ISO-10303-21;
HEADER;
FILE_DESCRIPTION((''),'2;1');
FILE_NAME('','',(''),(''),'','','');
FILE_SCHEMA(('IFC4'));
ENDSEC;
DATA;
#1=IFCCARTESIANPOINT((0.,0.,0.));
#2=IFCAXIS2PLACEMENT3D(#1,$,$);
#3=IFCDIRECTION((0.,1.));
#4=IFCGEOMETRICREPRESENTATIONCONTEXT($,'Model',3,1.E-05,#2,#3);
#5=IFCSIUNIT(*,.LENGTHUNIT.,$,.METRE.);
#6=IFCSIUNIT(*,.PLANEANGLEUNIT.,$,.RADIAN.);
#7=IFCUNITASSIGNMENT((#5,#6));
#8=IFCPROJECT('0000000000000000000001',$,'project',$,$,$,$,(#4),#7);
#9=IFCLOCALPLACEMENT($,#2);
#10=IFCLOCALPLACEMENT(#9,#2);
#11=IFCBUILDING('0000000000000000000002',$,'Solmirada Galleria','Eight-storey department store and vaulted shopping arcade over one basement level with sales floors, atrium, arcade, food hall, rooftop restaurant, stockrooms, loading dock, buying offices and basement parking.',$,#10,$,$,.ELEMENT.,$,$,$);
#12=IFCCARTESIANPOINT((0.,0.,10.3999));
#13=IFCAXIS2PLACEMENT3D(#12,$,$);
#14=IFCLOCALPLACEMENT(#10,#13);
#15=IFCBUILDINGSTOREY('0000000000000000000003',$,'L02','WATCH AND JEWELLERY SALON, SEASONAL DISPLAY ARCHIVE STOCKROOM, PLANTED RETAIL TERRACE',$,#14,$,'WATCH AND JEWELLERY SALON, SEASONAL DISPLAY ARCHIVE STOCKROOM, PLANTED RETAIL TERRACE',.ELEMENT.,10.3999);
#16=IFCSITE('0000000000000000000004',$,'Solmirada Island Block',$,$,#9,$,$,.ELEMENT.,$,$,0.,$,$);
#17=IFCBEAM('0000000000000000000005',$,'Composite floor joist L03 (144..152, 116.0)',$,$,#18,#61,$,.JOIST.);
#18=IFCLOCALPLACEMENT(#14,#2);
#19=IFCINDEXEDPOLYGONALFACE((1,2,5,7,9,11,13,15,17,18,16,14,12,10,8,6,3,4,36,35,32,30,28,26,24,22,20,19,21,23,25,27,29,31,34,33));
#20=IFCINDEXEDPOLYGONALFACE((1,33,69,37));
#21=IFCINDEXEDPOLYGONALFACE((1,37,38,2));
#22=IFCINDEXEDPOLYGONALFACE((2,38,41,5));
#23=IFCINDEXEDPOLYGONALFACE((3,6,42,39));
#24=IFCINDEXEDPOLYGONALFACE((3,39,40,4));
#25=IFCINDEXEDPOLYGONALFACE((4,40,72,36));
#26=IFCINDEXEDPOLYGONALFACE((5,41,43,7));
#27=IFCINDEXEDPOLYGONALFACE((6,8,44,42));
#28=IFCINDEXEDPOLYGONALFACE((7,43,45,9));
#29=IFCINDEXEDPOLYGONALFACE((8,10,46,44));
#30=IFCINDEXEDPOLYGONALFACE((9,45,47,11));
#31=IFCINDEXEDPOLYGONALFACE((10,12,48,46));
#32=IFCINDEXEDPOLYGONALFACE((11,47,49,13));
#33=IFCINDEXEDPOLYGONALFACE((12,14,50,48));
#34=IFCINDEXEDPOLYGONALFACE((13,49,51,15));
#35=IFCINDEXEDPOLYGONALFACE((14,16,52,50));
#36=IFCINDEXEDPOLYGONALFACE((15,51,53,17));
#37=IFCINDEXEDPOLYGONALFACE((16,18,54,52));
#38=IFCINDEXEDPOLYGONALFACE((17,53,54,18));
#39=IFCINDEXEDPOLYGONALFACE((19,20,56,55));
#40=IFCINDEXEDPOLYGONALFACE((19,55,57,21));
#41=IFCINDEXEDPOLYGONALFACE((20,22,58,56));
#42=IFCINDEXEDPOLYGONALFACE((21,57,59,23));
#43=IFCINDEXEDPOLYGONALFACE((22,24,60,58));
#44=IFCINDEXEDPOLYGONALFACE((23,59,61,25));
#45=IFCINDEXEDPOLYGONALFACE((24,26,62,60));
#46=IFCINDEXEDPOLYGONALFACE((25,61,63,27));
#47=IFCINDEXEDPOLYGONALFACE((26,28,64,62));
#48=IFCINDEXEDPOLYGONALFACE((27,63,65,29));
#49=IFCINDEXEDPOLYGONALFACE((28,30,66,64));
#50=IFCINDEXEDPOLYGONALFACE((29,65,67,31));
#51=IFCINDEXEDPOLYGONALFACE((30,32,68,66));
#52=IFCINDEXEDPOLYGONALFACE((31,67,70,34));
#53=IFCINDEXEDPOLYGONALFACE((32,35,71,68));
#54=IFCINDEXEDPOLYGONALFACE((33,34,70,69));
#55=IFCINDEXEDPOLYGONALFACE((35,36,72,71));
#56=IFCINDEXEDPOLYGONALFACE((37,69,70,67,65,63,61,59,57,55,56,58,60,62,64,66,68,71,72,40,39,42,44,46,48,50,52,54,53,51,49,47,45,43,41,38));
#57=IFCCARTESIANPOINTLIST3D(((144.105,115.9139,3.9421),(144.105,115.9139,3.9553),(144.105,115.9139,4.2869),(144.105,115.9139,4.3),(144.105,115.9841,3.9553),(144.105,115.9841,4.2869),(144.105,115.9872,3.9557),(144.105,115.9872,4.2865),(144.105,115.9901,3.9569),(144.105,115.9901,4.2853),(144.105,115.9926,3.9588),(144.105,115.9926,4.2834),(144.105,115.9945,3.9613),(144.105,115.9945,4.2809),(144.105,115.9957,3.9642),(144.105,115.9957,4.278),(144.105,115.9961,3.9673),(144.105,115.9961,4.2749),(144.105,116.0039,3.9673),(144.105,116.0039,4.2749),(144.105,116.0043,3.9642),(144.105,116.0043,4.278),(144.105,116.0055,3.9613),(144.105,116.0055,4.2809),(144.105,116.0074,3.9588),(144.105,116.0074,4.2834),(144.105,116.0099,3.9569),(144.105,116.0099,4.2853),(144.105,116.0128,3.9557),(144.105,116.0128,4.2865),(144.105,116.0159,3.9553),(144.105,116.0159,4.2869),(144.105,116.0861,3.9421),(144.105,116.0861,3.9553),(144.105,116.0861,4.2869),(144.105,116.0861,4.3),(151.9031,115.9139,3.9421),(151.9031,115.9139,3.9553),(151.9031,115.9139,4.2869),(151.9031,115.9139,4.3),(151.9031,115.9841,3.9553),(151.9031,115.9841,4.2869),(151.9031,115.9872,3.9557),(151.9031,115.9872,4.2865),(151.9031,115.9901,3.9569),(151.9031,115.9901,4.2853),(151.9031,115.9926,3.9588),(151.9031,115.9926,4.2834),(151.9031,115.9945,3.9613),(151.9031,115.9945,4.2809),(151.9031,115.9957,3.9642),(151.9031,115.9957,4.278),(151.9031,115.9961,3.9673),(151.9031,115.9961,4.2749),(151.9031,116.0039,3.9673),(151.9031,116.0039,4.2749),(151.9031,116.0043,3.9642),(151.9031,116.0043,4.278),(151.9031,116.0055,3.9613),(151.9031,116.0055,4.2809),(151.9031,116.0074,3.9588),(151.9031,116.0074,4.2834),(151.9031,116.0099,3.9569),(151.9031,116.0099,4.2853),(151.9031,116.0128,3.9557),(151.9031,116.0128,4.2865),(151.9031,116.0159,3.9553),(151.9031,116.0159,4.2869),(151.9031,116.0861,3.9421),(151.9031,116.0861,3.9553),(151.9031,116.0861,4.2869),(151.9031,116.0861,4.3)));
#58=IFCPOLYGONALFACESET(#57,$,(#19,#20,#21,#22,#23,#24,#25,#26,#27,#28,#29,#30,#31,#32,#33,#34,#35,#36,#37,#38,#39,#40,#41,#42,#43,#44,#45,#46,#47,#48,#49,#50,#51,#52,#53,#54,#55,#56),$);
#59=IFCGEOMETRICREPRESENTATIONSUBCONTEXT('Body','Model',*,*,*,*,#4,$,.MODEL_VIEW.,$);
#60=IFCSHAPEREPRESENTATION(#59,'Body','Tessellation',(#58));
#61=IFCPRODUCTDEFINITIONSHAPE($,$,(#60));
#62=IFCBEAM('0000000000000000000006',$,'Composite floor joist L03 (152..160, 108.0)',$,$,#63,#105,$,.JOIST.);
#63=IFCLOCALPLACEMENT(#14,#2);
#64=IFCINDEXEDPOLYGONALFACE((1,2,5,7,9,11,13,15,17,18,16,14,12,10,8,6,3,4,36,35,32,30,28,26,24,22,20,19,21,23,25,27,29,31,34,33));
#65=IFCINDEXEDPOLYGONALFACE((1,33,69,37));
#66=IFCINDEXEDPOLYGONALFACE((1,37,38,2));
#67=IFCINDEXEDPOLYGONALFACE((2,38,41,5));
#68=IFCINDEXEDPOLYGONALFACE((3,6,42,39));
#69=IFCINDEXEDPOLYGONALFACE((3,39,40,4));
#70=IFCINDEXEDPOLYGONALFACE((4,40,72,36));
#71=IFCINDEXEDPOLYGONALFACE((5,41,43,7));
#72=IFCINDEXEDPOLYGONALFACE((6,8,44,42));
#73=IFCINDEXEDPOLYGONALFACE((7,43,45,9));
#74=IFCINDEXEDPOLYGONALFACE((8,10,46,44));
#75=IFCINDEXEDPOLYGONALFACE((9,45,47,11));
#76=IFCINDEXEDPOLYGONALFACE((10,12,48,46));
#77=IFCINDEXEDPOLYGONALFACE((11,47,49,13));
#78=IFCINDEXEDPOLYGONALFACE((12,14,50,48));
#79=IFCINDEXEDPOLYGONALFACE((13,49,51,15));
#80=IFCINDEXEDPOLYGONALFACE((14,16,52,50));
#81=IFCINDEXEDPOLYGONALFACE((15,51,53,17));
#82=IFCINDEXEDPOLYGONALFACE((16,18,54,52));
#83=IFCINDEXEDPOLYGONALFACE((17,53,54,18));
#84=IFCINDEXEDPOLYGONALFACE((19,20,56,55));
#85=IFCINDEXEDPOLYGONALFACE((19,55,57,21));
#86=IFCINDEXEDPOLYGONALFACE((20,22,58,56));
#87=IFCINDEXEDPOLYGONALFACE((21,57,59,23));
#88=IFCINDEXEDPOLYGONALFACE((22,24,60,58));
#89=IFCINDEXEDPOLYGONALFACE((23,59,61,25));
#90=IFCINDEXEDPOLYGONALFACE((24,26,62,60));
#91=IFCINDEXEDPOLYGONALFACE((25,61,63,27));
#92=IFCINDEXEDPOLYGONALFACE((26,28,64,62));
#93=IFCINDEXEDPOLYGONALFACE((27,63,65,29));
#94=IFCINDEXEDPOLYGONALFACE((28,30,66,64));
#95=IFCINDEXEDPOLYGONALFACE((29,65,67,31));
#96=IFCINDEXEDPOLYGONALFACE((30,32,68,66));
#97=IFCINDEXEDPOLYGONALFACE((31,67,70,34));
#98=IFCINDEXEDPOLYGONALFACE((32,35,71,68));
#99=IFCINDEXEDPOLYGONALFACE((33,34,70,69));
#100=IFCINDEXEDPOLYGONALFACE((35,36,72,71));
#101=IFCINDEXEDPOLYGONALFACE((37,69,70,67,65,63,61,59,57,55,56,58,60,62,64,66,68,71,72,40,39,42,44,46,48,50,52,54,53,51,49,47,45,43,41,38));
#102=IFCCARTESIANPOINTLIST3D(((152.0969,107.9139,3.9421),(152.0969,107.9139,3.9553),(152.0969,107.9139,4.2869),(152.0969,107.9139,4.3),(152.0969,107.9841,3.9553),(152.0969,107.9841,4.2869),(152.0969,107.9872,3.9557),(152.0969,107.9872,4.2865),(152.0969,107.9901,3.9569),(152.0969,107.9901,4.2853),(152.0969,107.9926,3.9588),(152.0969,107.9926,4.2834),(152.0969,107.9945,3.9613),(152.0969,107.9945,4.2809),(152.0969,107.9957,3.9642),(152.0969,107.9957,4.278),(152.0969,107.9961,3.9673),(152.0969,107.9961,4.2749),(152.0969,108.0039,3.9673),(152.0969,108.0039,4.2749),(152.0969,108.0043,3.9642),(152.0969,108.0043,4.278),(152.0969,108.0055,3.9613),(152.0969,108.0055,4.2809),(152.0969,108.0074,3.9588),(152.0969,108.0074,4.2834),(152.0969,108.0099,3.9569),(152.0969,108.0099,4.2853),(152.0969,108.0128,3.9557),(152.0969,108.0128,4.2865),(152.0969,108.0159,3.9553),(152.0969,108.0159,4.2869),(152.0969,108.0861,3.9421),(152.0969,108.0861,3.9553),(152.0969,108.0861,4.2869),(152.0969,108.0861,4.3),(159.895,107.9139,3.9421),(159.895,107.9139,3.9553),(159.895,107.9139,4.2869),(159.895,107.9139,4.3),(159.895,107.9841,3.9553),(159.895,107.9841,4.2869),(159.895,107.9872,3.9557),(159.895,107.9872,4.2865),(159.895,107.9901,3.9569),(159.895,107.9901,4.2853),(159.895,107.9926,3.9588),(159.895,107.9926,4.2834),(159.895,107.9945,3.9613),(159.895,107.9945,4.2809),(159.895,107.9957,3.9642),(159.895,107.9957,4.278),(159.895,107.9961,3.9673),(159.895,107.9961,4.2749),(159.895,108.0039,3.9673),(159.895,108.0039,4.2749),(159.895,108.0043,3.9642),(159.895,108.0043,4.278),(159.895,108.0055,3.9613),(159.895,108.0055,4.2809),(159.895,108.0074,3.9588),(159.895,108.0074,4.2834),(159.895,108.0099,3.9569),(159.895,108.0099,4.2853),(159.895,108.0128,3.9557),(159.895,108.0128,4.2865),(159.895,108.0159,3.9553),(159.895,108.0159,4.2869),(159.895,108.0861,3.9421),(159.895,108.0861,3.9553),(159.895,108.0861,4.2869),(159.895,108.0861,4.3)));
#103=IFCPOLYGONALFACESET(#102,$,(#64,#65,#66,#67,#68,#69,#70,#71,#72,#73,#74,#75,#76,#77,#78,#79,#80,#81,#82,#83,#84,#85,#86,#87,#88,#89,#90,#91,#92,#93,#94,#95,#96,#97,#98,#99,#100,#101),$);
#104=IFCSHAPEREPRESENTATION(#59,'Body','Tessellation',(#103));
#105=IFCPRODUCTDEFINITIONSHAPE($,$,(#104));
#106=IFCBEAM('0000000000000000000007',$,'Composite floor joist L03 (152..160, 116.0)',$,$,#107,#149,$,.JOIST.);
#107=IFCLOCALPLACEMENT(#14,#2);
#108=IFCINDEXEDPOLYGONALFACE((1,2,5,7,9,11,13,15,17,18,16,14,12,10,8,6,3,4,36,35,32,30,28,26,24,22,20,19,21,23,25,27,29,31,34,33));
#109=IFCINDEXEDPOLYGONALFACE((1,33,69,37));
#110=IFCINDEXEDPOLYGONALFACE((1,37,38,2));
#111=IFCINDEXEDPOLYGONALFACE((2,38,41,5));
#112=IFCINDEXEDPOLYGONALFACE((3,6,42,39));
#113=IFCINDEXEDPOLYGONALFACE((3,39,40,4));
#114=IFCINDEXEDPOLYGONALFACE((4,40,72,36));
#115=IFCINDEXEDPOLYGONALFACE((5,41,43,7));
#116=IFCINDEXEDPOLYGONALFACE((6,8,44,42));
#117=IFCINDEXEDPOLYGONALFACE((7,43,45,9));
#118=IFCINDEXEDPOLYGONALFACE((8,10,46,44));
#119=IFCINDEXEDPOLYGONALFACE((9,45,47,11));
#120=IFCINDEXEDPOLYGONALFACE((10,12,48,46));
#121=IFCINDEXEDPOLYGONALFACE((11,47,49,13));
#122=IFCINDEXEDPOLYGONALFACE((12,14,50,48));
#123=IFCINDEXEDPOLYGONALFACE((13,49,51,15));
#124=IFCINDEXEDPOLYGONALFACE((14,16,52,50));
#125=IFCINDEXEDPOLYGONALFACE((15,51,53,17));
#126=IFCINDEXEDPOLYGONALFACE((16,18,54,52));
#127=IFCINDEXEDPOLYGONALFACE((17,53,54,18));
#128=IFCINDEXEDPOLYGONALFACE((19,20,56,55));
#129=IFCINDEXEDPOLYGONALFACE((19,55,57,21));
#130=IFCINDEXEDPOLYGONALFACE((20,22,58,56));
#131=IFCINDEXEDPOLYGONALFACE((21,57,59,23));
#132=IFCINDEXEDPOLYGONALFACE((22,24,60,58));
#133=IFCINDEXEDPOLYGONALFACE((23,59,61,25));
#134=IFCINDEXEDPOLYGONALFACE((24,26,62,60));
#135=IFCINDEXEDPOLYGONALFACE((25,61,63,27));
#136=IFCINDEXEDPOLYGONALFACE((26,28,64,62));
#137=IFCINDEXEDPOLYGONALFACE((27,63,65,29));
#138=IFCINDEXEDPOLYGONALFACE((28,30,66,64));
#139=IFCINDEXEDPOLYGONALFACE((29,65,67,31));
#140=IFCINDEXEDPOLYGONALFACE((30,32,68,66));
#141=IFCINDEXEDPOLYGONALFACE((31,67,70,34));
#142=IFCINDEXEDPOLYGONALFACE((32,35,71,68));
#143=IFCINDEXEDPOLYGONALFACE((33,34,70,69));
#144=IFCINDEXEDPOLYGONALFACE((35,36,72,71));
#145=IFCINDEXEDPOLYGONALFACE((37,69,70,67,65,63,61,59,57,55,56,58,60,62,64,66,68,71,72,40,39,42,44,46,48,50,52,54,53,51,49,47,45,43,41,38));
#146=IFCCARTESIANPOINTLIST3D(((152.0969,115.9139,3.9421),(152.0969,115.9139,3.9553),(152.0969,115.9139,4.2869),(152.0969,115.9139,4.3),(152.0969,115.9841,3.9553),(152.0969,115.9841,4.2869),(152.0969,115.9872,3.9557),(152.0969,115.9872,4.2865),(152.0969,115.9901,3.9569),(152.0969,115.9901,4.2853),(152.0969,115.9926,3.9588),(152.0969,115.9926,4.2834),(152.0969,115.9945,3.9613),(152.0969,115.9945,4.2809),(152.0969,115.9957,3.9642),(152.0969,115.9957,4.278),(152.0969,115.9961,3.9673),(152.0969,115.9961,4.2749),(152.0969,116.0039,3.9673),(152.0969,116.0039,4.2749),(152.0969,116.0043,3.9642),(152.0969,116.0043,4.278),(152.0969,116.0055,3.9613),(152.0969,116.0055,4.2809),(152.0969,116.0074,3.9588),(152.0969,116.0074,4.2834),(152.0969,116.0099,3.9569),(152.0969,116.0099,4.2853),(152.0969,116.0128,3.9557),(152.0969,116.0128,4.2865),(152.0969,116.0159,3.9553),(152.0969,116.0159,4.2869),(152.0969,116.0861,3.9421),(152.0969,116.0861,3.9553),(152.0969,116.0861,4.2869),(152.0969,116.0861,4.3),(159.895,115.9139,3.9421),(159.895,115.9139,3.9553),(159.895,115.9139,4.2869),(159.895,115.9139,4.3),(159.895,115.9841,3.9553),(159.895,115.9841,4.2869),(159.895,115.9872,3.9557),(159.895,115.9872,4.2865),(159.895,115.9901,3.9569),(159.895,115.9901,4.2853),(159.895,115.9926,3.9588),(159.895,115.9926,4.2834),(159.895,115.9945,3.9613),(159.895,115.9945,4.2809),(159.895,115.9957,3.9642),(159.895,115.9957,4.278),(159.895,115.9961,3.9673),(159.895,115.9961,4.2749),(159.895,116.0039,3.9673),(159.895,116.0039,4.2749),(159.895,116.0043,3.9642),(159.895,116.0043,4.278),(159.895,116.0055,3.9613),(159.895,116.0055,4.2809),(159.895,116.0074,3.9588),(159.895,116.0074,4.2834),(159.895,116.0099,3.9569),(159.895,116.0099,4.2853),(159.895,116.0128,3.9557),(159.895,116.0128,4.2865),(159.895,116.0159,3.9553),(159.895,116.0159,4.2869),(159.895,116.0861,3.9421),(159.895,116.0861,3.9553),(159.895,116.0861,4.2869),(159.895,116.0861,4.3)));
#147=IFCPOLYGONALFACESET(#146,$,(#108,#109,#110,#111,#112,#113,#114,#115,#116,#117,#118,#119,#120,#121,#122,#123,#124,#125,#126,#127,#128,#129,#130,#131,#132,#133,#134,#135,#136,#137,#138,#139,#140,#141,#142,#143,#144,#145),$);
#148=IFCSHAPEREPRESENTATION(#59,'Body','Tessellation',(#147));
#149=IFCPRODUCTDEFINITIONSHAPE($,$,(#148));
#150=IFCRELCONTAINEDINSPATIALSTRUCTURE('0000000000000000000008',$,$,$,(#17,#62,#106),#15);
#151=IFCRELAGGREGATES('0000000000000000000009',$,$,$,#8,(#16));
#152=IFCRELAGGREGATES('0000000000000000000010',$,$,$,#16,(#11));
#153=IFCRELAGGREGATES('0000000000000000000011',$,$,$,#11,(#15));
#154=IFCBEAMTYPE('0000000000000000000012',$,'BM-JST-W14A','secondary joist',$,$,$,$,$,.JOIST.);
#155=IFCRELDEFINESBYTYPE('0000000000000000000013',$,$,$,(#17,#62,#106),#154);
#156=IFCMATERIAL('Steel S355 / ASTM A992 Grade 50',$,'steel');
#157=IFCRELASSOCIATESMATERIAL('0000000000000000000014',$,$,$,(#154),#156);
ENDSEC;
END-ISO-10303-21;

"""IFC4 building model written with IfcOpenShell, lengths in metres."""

from ifc_helpers import new_model, si_unit, direction, frame, origin, origin_2d, place, context, subcontext, project, spatial, i_section, extrude, material, material_profile, profile_set, type_object, element, save


model = new_model("IFC4")

# Units and contexts
model_context = context("Model", 3, precision=1e-05, world=origin(), true_north=direction((0.0, 1.0)))
body_context = subcontext(model_context, "Body", "Model", "MODEL_VIEW")
ifc_project = project(units=[si_unit("LENGTHUNIT", "METRE"), si_unit("PLANEANGLEUNIT", "RADIAN")], contexts=[model_context])

# Site, building, storey
site_placement = place(None, origin())
site = spatial("IfcSite", under=ifc_project, at=site_placement, Name="Solmirada Island Block", CompositionType="ELEMENT", RefElevation=0.0)
building_placement = place(site_placement, origin())
building = spatial("IfcBuilding", under=site, at=building_placement, Name="Solmirada Galleria", Description="Eight-storey department store and vaulted shopping arcade over one basement level with sales floors, atrium, arcade, food hall, rooftop restaurant, stockrooms, loading dock, buying offices and basement parking.", CompositionType="ELEMENT")
storey_placement = place(building_placement, frame((0.0, 0.0, 10.3999)))
storey = spatial("IfcBuildingStorey", under=building, at=storey_placement, Name="L02", Description="WATCH AND JEWELLERY SALON, SEASONAL DISPLAY ARCHIVE STOCKROOM, PLANTED RETAIL TERRACE", LongName="WATCH AND JEWELLERY SALON, SEASONAL DISPLAY ARCHIVE STOCKROOM, PLANTED RETAIL TERRACE", CompositionType="ELEMENT", Elevation=10.3999)

# Beams
ifc_material_1 = material(Name="Steel S355 / ASTM A992 Grade 50", Category="steel")
ifc_material_profile_1 = material_profile(ifc_material_1, i_section(OverallWidth=0.1721, OverallDepth=0.3579, WebThickness=0.0078, FlangeThickness=0.0132, FilletRadius=0.012, at=origin_2d()), Name="W14X38")
ifc_profile_set_1 = profile_set([ifc_material_profile_1], Name="Steel S355 / ASTM A992 Grade 50")
beam_type_1 = type_object("IfcBeamType", Name="BM-JST-W14A", Description="secondary joist", PredefinedType="JOIST", material=ifc_profile_set_1)
for number, where, z_axis, x_axis, name in (
    (1, (144.105, 116.0, 4.1211), (1.0, 0.0, 0.0), (0.0, 1.0, 0.0), "Composite floor joist L03 (144..152, 116.0)"),
    (2, (152.0969, 108.0, 4.1211), (1.0, 0.0, 0.0), (0.0, 1.0, 0.0), "Composite floor joist L03 (152..160, 108.0)"),
    (3, (152.0969, 116.0, 4.1211), (1.0, 0.0, 0.0), (0.0, 1.0, 0.0), "Composite floor joist L03 (152..160, 116.0)"),
):
    element("IfcBeam", number, at=place(storey_placement, frame(where, z_axis=z_axis, x_axis=x_axis)), inside=storey, type_object=beam_type_1, Name=name, PredefinedType="JOIST", context=body_context, shape_type="SweptSolid", body=[
        extrude(i_section(OverallWidth=0.1721, OverallDepth=0.3579, WebThickness=0.0078, FlangeThickness=0.0132, FilletRadius=0.012, at=origin_2d()), origin(), (0.0, 0.0, 1.0), 7.7981),
    ])

save(model, "model.ifc")
